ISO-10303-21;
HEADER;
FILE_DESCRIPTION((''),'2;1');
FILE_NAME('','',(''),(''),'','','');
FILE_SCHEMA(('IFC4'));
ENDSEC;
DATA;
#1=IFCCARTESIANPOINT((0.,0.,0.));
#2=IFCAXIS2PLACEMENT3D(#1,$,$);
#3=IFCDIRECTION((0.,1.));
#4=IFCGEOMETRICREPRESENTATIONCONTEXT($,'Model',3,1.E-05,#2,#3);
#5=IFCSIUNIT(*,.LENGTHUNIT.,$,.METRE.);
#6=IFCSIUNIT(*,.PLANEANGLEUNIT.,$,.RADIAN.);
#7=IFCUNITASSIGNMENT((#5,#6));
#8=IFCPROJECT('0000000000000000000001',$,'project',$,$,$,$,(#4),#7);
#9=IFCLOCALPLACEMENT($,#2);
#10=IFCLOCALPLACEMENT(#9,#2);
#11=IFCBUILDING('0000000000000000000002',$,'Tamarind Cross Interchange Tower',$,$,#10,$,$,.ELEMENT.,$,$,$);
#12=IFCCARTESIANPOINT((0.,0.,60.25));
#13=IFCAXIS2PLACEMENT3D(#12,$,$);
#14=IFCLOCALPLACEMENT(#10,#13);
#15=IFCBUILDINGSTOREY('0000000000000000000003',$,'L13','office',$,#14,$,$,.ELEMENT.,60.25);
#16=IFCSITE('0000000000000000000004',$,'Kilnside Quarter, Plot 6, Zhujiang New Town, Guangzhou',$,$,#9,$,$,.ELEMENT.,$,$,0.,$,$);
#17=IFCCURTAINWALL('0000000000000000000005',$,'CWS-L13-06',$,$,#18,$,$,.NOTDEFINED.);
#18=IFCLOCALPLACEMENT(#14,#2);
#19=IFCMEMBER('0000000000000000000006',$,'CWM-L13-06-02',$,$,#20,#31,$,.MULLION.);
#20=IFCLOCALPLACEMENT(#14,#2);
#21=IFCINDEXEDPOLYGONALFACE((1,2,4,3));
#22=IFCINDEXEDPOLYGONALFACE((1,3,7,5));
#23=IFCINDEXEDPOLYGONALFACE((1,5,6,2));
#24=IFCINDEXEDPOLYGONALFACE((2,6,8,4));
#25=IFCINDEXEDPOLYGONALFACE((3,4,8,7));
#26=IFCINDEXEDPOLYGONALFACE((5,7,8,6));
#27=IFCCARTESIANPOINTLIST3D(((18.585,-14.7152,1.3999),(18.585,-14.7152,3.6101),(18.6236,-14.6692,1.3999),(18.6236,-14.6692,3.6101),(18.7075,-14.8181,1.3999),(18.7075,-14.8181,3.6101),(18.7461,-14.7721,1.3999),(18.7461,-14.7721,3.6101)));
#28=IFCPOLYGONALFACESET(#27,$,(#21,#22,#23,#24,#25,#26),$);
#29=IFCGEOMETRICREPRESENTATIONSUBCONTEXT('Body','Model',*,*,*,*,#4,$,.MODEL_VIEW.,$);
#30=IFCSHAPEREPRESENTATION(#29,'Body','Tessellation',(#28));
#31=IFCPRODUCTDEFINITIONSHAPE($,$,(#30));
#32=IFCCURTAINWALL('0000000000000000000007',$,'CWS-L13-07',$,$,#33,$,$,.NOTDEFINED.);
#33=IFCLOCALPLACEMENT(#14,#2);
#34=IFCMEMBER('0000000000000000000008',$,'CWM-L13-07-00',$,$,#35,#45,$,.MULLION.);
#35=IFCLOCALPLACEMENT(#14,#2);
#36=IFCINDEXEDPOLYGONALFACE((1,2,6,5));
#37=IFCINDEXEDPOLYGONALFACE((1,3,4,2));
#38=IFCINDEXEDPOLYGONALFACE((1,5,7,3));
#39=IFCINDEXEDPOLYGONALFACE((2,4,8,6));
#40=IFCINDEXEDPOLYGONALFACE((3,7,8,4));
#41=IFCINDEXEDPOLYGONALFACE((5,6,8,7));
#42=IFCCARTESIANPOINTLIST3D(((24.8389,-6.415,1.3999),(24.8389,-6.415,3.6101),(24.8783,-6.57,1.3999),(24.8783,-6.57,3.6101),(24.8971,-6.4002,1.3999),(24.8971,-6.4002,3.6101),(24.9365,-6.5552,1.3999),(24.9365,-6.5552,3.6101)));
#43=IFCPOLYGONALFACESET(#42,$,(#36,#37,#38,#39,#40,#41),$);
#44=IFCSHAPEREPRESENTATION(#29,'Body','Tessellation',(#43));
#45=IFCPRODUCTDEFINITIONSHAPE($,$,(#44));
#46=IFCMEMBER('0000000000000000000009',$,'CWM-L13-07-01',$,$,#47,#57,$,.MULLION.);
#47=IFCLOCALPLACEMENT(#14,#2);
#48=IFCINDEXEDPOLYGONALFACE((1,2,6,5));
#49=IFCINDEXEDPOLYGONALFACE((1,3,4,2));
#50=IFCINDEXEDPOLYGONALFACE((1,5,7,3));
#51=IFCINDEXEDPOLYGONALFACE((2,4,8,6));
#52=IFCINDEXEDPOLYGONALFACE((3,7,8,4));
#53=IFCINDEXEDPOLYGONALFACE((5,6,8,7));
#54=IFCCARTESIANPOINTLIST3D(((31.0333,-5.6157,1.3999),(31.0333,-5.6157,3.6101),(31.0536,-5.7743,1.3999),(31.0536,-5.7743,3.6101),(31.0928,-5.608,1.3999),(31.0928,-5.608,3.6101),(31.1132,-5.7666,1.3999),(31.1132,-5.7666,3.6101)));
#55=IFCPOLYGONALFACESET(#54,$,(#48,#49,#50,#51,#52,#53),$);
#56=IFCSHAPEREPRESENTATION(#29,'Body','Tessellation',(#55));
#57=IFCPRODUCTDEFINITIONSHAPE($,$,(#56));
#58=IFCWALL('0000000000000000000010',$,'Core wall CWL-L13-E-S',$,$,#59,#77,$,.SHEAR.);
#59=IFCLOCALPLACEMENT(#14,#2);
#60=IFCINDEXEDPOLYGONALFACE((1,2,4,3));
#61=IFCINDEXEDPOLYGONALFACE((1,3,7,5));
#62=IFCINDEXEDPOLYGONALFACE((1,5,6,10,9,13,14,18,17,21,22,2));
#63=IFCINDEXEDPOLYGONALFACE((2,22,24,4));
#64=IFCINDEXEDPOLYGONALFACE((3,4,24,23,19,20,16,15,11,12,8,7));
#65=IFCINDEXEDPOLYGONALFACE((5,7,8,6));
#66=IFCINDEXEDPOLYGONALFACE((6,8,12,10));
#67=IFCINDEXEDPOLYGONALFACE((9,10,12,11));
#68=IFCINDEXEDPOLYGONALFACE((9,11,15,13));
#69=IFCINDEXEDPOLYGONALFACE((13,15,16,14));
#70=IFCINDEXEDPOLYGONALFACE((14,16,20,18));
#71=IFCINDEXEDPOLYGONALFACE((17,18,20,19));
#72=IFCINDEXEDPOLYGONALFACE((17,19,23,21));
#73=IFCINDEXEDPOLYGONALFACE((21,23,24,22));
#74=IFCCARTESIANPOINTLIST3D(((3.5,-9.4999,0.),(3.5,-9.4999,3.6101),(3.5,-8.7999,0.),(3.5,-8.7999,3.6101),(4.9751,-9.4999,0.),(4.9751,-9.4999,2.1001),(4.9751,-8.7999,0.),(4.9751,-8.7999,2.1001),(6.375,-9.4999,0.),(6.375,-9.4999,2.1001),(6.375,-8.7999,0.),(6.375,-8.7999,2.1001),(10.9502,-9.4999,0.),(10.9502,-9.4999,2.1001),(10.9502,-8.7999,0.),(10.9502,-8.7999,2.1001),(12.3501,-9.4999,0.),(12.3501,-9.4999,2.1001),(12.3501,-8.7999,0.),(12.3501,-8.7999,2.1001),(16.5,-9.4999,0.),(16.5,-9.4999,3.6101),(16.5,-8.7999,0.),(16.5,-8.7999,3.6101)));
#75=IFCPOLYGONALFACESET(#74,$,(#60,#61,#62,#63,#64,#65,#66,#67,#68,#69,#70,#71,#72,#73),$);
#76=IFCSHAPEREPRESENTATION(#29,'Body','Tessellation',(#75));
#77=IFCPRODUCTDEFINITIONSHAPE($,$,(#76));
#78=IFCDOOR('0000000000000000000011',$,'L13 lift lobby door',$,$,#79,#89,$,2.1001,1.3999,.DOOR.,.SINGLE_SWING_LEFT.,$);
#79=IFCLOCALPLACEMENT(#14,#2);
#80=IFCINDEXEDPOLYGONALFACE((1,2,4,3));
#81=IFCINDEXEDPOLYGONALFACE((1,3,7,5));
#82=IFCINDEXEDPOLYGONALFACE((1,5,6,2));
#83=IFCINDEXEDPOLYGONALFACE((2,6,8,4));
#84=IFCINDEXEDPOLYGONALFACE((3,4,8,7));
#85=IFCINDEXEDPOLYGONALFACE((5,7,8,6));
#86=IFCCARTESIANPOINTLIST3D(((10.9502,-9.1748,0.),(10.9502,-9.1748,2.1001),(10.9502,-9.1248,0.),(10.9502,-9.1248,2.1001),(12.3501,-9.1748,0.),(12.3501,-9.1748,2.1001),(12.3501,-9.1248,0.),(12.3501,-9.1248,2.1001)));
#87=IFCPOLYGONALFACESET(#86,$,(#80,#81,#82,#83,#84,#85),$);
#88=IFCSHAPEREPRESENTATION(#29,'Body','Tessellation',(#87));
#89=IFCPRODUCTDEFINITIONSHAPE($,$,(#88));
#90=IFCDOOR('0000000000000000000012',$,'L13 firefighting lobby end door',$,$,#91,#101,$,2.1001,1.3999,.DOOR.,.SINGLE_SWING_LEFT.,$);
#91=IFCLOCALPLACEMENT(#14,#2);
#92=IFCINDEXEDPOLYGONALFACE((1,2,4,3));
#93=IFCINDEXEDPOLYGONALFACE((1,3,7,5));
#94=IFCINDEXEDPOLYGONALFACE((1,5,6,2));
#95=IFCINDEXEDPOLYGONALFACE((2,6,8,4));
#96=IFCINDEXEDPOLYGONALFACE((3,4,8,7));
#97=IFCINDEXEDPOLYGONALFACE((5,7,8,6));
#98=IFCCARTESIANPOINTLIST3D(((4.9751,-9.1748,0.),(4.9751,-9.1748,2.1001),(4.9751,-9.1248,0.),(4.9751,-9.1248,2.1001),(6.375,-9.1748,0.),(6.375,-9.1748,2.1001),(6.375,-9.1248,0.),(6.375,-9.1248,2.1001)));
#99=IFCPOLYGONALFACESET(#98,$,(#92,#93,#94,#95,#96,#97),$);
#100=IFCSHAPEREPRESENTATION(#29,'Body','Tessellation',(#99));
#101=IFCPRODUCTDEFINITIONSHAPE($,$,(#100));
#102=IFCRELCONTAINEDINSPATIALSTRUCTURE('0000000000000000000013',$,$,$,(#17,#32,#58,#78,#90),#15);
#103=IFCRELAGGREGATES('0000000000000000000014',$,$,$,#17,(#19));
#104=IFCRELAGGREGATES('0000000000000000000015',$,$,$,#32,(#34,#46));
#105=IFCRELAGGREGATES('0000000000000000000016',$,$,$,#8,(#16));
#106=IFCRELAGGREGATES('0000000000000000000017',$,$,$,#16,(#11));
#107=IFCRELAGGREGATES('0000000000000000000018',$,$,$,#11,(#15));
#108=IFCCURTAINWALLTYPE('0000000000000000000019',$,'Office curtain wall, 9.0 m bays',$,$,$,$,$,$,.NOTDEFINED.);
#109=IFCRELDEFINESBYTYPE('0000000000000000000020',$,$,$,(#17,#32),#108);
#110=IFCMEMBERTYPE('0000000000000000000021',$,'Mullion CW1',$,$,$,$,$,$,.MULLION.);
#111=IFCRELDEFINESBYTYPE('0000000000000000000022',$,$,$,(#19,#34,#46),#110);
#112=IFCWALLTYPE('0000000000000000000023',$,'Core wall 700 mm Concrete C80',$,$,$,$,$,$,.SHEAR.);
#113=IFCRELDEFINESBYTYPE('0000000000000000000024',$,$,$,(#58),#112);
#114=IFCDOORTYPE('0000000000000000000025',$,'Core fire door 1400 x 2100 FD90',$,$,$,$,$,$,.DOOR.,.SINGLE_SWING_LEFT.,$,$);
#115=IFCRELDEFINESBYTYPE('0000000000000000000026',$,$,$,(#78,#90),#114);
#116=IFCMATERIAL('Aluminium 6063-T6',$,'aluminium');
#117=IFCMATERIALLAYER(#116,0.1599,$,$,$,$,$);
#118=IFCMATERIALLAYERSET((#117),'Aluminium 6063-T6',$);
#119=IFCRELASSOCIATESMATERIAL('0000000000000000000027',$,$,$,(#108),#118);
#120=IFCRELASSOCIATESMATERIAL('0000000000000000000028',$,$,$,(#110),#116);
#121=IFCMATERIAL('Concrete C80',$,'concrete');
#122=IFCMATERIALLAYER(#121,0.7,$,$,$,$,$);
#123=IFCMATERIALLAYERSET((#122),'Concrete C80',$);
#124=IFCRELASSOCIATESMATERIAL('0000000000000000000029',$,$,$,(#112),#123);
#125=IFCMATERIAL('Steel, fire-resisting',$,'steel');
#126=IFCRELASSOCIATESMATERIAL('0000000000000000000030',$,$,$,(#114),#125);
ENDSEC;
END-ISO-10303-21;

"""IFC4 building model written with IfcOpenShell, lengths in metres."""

from ifc_helpers import new_model, si_unit, direction, frame, frame_2d, origin, origin_2d, place, context, subcontext, project, spatial, rectangle, extrude, material, layer, layer_set, material_profile, profile_set, type_object, element, fill, aggregate, save


model = new_model("IFC4")

# Units and contexts
model_context = context("Model", 3, precision=1e-05, world=origin(), true_north=direction((0.0, 1.0)))
body_context = subcontext(model_context, "Body", "Model", "MODEL_VIEW")
ifc_project = project(units=[si_unit("LENGTHUNIT", "METRE"), si_unit("PLANEANGLEUNIT", "RADIAN")], contexts=[model_context])

# Site, building, storey
site_placement = place(None, origin())
site = spatial("IfcSite", under=ifc_project, at=site_placement, Name="Kilnside Quarter, Plot 6, Zhujiang New Town, Guangzhou", CompositionType="ELEMENT", RefElevation=0.0)
building_placement = place(site_placement, origin())
building = spatial("IfcBuilding", under=site, at=building_placement, Name="Tamarind Cross Interchange Tower", CompositionType="ELEMENT")
storey_placement = place(building_placement, frame((0.0, 0.0, 60.25)))
storey = spatial("IfcBuildingStorey", under=building, at=storey_placement, Name="L13", Description="office", CompositionType="ELEMENT", Elevation=60.25)

# Curtain wall, member
ifc_material_1 = material(Name="Aluminium 6063-T6", Category="aluminium")
ifc_layer_1 = layer(ifc_material_1, 0.1599)
ifc_layer_set_1 = layer_set([ifc_layer_1], Name="Aluminium 6063-T6")
curtain_wall_type = type_object("IfcCurtainWallType", Name="Office curtain wall, 9.0 m bays", PredefinedType="NOTDEFINED", material=ifc_layer_set_1)
curtain_wall_1_placement = place(storey_placement, origin())
curtain_wall_1 = element("IfcCurtainWall", 1, at=curtain_wall_1_placement, inside=storey, type_object=curtain_wall_type, Name="CWS-L13-06", PredefinedType="NOTDEFINED")
ifc_material_profile_1 = material_profile(ifc_material_1, rectangle(XDim=0.0601, YDim=0.1599, at=origin_2d()), Name="Mullion CW1")
ifc_profile_set_1 = profile_set([ifc_material_profile_1], Name="Aluminium 6063-T6")
member_type = type_object("IfcMemberType", Name="Mullion CW1", PredefinedType="MULLION", material=ifc_profile_set_1)
member_1_placement = place(storey_placement, frame((18.6655, -14.7437, 1.3999), z_axis=(0.0, 0.0, 1.0), x_axis=(0.643009, 0.765858, 0.0)))
member_1 = element("IfcMember", 2, at=member_1_placement, type_object=member_type, Name="CWM-L13-06-02", PredefinedType="MULLION", context=body_context, shape_type="SweptSolid", body=[
    extrude(rectangle(XDim=0.0601, YDim=0.1599, at=origin_2d()), origin(), (0.0, 0.0, 1.0), 2.2102),
])
aggregate(curtain_wall_1, [member_1])

# Curtain wall, members
curtain_wall_2_placement = place(storey_placement, origin())
curtain_wall_2 = element("IfcCurtainWall", 3, at=curtain_wall_2_placement, inside=storey, type_object=curtain_wall_type, Name="CWS-L13-07", PredefinedType="NOTDEFINED")
member_2_placement = place(storey_placement, frame((24.8877, -6.4851, 1.3999), z_axis=(0.0, 0.0, 1.0), x_axis=(0.96909, 0.246709, 0.0)))
member_2 = element("IfcMember", 4, at=member_2_placement, type_object=member_type, Name="CWM-L13-07-00", PredefinedType="MULLION", context=body_context, shape_type="SweptSolid", body=[
    extrude(rectangle(XDim=0.0601, YDim=0.1599, at=origin_2d()), origin(), (0.0, 0.0, 1.0), 2.2102),
])
member_3_placement = place(storey_placement, frame((31.0732, -5.6912, 1.3999), z_axis=(0.0, 0.0, 1.0), x_axis=(0.991864, 0.1273, 0.0)))
member_3 = element("IfcMember", 5, at=member_3_placement, type_object=member_type, Name="CWM-L13-07-01", PredefinedType="MULLION", context=body_context, shape_type="SweptSolid", body=[
    extrude(rectangle(XDim=0.0601, YDim=0.1599, at=origin_2d()), origin(), (0.0, 0.0, 1.0), 2.2102),
])
aggregate(curtain_wall_2, [member_2, member_3])

# Wall, openings, doors
ifc_material_2 = material(Name="Concrete C80", Category="concrete")
ifc_layer_2 = layer(ifc_material_2, 0.7)
ifc_layer_set_2 = layer_set([ifc_layer_2], Name="Concrete C80")
wall_type_1 = type_object("IfcWallType", Name="Core wall 700 mm Concrete C80", PredefinedType="SHEAR", material=ifc_layer_set_2)
wall_1_placement = place(storey_placement, frame((16.5, -9.1499, 0.0), z_axis=(0.0, 0.0, 1.0), x_axis=(-1.0, 0.0, 0.0)))
wall_1 = element("IfcWall", 6, at=wall_1_placement, inside=storey, type_object=wall_type_1, Name="Core wall CWL-L13-E-S", PredefinedType="SHEAR", context=body_context, shape_type="SweptSolid", body=[
    extrude(rectangle(XDim=13.0, YDim=0.7, at=frame_2d((6.5, 0.0))), origin(), (0.0, 0.0, 1.0), 3.6101),
])
opening_1_placement = place(wall_1_placement, frame((4.1499, 0.0, 0.0)))
opening_1 = element("IfcOpeningElement", 7, at=opening_1_placement, cuts=wall_1, PredefinedType="OPENING", context=body_context, shape_type="SweptSolid", body=[
    extrude(rectangle(XDim=1.3999, YDim=2.1001, at=frame_2d((0.7, 1.05))), frame((0.0, 0.3599, 0.0), z_axis=(0.0, -1.0, 0.0), x_axis=(1.0, 0.0, 0.0)), (0.0, 0.0, 1.0), 0.72),
])
opening_2_placement = place(wall_1_placement, frame((10.125, 0.0, 0.0)))
opening_2 = element("IfcOpeningElement", 8, at=opening_2_placement, cuts=wall_1, PredefinedType="OPENING", context=body_context, shape_type="SweptSolid", body=[
    extrude(rectangle(XDim=1.3999, YDim=2.1001, at=frame_2d((0.7, 1.05))), frame((0.0, 0.3599, 0.0), z_axis=(0.0, -1.0, 0.0), x_axis=(1.0, 0.0, 0.0)), (0.0, 0.0, 1.0), 0.72),
])
ifc_material_3 = material(Name="Steel, fire-resisting", Category="steel")
door_type_1 = type_object("IfcDoorType", Name="Core fire door 1400 x 2100 FD90", OperationType="SINGLE_SWING_LEFT", PredefinedType="DOOR", material=ifc_material_3)
door_1_placement = place(opening_1_placement, origin())
door_1 = element("IfcDoor", 9, at=door_1_placement, inside=storey, type_object=door_type_1, Name="L13 lift lobby door", OperationType="SINGLE_SWING_LEFT", OverallHeight=2.1001, OverallWidth=1.3999, PredefinedType="DOOR", context=body_context, shape_type="SweptSolid", body=[
    extrude(rectangle(XDim=1.3999, YDim=2.1001, at=frame_2d((0.7, 1.05))), frame((0.0, 0.0249, 0.0), z_axis=(0.0, -1.0, 0.0), x_axis=(1.0, 0.0, 0.0)), (0.0, 0.0, 1.0), 0.05),
])
fill(opening_1, door_1)
door_2_placement = place(opening_2_placement, origin())
door_2 = element("IfcDoor", 10, at=door_2_placement, inside=storey, type_object=door_type_1, Name="L13 firefighting lobby end door", OperationType="SINGLE_SWING_LEFT", OverallHeight=2.1001, OverallWidth=1.3999, PredefinedType="DOOR", context=body_context, shape_type="SweptSolid", body=[
    extrude(rectangle(XDim=1.3999, YDim=2.1001, at=frame_2d((0.7, 1.05))), frame((0.0, 0.0249, 0.0), z_axis=(0.0, -1.0, 0.0), x_axis=(1.0, 0.0, 0.0)), (0.0, 0.0, 1.0), 0.05),
])
fill(opening_2, door_2)

save(model, "model.ifc")
